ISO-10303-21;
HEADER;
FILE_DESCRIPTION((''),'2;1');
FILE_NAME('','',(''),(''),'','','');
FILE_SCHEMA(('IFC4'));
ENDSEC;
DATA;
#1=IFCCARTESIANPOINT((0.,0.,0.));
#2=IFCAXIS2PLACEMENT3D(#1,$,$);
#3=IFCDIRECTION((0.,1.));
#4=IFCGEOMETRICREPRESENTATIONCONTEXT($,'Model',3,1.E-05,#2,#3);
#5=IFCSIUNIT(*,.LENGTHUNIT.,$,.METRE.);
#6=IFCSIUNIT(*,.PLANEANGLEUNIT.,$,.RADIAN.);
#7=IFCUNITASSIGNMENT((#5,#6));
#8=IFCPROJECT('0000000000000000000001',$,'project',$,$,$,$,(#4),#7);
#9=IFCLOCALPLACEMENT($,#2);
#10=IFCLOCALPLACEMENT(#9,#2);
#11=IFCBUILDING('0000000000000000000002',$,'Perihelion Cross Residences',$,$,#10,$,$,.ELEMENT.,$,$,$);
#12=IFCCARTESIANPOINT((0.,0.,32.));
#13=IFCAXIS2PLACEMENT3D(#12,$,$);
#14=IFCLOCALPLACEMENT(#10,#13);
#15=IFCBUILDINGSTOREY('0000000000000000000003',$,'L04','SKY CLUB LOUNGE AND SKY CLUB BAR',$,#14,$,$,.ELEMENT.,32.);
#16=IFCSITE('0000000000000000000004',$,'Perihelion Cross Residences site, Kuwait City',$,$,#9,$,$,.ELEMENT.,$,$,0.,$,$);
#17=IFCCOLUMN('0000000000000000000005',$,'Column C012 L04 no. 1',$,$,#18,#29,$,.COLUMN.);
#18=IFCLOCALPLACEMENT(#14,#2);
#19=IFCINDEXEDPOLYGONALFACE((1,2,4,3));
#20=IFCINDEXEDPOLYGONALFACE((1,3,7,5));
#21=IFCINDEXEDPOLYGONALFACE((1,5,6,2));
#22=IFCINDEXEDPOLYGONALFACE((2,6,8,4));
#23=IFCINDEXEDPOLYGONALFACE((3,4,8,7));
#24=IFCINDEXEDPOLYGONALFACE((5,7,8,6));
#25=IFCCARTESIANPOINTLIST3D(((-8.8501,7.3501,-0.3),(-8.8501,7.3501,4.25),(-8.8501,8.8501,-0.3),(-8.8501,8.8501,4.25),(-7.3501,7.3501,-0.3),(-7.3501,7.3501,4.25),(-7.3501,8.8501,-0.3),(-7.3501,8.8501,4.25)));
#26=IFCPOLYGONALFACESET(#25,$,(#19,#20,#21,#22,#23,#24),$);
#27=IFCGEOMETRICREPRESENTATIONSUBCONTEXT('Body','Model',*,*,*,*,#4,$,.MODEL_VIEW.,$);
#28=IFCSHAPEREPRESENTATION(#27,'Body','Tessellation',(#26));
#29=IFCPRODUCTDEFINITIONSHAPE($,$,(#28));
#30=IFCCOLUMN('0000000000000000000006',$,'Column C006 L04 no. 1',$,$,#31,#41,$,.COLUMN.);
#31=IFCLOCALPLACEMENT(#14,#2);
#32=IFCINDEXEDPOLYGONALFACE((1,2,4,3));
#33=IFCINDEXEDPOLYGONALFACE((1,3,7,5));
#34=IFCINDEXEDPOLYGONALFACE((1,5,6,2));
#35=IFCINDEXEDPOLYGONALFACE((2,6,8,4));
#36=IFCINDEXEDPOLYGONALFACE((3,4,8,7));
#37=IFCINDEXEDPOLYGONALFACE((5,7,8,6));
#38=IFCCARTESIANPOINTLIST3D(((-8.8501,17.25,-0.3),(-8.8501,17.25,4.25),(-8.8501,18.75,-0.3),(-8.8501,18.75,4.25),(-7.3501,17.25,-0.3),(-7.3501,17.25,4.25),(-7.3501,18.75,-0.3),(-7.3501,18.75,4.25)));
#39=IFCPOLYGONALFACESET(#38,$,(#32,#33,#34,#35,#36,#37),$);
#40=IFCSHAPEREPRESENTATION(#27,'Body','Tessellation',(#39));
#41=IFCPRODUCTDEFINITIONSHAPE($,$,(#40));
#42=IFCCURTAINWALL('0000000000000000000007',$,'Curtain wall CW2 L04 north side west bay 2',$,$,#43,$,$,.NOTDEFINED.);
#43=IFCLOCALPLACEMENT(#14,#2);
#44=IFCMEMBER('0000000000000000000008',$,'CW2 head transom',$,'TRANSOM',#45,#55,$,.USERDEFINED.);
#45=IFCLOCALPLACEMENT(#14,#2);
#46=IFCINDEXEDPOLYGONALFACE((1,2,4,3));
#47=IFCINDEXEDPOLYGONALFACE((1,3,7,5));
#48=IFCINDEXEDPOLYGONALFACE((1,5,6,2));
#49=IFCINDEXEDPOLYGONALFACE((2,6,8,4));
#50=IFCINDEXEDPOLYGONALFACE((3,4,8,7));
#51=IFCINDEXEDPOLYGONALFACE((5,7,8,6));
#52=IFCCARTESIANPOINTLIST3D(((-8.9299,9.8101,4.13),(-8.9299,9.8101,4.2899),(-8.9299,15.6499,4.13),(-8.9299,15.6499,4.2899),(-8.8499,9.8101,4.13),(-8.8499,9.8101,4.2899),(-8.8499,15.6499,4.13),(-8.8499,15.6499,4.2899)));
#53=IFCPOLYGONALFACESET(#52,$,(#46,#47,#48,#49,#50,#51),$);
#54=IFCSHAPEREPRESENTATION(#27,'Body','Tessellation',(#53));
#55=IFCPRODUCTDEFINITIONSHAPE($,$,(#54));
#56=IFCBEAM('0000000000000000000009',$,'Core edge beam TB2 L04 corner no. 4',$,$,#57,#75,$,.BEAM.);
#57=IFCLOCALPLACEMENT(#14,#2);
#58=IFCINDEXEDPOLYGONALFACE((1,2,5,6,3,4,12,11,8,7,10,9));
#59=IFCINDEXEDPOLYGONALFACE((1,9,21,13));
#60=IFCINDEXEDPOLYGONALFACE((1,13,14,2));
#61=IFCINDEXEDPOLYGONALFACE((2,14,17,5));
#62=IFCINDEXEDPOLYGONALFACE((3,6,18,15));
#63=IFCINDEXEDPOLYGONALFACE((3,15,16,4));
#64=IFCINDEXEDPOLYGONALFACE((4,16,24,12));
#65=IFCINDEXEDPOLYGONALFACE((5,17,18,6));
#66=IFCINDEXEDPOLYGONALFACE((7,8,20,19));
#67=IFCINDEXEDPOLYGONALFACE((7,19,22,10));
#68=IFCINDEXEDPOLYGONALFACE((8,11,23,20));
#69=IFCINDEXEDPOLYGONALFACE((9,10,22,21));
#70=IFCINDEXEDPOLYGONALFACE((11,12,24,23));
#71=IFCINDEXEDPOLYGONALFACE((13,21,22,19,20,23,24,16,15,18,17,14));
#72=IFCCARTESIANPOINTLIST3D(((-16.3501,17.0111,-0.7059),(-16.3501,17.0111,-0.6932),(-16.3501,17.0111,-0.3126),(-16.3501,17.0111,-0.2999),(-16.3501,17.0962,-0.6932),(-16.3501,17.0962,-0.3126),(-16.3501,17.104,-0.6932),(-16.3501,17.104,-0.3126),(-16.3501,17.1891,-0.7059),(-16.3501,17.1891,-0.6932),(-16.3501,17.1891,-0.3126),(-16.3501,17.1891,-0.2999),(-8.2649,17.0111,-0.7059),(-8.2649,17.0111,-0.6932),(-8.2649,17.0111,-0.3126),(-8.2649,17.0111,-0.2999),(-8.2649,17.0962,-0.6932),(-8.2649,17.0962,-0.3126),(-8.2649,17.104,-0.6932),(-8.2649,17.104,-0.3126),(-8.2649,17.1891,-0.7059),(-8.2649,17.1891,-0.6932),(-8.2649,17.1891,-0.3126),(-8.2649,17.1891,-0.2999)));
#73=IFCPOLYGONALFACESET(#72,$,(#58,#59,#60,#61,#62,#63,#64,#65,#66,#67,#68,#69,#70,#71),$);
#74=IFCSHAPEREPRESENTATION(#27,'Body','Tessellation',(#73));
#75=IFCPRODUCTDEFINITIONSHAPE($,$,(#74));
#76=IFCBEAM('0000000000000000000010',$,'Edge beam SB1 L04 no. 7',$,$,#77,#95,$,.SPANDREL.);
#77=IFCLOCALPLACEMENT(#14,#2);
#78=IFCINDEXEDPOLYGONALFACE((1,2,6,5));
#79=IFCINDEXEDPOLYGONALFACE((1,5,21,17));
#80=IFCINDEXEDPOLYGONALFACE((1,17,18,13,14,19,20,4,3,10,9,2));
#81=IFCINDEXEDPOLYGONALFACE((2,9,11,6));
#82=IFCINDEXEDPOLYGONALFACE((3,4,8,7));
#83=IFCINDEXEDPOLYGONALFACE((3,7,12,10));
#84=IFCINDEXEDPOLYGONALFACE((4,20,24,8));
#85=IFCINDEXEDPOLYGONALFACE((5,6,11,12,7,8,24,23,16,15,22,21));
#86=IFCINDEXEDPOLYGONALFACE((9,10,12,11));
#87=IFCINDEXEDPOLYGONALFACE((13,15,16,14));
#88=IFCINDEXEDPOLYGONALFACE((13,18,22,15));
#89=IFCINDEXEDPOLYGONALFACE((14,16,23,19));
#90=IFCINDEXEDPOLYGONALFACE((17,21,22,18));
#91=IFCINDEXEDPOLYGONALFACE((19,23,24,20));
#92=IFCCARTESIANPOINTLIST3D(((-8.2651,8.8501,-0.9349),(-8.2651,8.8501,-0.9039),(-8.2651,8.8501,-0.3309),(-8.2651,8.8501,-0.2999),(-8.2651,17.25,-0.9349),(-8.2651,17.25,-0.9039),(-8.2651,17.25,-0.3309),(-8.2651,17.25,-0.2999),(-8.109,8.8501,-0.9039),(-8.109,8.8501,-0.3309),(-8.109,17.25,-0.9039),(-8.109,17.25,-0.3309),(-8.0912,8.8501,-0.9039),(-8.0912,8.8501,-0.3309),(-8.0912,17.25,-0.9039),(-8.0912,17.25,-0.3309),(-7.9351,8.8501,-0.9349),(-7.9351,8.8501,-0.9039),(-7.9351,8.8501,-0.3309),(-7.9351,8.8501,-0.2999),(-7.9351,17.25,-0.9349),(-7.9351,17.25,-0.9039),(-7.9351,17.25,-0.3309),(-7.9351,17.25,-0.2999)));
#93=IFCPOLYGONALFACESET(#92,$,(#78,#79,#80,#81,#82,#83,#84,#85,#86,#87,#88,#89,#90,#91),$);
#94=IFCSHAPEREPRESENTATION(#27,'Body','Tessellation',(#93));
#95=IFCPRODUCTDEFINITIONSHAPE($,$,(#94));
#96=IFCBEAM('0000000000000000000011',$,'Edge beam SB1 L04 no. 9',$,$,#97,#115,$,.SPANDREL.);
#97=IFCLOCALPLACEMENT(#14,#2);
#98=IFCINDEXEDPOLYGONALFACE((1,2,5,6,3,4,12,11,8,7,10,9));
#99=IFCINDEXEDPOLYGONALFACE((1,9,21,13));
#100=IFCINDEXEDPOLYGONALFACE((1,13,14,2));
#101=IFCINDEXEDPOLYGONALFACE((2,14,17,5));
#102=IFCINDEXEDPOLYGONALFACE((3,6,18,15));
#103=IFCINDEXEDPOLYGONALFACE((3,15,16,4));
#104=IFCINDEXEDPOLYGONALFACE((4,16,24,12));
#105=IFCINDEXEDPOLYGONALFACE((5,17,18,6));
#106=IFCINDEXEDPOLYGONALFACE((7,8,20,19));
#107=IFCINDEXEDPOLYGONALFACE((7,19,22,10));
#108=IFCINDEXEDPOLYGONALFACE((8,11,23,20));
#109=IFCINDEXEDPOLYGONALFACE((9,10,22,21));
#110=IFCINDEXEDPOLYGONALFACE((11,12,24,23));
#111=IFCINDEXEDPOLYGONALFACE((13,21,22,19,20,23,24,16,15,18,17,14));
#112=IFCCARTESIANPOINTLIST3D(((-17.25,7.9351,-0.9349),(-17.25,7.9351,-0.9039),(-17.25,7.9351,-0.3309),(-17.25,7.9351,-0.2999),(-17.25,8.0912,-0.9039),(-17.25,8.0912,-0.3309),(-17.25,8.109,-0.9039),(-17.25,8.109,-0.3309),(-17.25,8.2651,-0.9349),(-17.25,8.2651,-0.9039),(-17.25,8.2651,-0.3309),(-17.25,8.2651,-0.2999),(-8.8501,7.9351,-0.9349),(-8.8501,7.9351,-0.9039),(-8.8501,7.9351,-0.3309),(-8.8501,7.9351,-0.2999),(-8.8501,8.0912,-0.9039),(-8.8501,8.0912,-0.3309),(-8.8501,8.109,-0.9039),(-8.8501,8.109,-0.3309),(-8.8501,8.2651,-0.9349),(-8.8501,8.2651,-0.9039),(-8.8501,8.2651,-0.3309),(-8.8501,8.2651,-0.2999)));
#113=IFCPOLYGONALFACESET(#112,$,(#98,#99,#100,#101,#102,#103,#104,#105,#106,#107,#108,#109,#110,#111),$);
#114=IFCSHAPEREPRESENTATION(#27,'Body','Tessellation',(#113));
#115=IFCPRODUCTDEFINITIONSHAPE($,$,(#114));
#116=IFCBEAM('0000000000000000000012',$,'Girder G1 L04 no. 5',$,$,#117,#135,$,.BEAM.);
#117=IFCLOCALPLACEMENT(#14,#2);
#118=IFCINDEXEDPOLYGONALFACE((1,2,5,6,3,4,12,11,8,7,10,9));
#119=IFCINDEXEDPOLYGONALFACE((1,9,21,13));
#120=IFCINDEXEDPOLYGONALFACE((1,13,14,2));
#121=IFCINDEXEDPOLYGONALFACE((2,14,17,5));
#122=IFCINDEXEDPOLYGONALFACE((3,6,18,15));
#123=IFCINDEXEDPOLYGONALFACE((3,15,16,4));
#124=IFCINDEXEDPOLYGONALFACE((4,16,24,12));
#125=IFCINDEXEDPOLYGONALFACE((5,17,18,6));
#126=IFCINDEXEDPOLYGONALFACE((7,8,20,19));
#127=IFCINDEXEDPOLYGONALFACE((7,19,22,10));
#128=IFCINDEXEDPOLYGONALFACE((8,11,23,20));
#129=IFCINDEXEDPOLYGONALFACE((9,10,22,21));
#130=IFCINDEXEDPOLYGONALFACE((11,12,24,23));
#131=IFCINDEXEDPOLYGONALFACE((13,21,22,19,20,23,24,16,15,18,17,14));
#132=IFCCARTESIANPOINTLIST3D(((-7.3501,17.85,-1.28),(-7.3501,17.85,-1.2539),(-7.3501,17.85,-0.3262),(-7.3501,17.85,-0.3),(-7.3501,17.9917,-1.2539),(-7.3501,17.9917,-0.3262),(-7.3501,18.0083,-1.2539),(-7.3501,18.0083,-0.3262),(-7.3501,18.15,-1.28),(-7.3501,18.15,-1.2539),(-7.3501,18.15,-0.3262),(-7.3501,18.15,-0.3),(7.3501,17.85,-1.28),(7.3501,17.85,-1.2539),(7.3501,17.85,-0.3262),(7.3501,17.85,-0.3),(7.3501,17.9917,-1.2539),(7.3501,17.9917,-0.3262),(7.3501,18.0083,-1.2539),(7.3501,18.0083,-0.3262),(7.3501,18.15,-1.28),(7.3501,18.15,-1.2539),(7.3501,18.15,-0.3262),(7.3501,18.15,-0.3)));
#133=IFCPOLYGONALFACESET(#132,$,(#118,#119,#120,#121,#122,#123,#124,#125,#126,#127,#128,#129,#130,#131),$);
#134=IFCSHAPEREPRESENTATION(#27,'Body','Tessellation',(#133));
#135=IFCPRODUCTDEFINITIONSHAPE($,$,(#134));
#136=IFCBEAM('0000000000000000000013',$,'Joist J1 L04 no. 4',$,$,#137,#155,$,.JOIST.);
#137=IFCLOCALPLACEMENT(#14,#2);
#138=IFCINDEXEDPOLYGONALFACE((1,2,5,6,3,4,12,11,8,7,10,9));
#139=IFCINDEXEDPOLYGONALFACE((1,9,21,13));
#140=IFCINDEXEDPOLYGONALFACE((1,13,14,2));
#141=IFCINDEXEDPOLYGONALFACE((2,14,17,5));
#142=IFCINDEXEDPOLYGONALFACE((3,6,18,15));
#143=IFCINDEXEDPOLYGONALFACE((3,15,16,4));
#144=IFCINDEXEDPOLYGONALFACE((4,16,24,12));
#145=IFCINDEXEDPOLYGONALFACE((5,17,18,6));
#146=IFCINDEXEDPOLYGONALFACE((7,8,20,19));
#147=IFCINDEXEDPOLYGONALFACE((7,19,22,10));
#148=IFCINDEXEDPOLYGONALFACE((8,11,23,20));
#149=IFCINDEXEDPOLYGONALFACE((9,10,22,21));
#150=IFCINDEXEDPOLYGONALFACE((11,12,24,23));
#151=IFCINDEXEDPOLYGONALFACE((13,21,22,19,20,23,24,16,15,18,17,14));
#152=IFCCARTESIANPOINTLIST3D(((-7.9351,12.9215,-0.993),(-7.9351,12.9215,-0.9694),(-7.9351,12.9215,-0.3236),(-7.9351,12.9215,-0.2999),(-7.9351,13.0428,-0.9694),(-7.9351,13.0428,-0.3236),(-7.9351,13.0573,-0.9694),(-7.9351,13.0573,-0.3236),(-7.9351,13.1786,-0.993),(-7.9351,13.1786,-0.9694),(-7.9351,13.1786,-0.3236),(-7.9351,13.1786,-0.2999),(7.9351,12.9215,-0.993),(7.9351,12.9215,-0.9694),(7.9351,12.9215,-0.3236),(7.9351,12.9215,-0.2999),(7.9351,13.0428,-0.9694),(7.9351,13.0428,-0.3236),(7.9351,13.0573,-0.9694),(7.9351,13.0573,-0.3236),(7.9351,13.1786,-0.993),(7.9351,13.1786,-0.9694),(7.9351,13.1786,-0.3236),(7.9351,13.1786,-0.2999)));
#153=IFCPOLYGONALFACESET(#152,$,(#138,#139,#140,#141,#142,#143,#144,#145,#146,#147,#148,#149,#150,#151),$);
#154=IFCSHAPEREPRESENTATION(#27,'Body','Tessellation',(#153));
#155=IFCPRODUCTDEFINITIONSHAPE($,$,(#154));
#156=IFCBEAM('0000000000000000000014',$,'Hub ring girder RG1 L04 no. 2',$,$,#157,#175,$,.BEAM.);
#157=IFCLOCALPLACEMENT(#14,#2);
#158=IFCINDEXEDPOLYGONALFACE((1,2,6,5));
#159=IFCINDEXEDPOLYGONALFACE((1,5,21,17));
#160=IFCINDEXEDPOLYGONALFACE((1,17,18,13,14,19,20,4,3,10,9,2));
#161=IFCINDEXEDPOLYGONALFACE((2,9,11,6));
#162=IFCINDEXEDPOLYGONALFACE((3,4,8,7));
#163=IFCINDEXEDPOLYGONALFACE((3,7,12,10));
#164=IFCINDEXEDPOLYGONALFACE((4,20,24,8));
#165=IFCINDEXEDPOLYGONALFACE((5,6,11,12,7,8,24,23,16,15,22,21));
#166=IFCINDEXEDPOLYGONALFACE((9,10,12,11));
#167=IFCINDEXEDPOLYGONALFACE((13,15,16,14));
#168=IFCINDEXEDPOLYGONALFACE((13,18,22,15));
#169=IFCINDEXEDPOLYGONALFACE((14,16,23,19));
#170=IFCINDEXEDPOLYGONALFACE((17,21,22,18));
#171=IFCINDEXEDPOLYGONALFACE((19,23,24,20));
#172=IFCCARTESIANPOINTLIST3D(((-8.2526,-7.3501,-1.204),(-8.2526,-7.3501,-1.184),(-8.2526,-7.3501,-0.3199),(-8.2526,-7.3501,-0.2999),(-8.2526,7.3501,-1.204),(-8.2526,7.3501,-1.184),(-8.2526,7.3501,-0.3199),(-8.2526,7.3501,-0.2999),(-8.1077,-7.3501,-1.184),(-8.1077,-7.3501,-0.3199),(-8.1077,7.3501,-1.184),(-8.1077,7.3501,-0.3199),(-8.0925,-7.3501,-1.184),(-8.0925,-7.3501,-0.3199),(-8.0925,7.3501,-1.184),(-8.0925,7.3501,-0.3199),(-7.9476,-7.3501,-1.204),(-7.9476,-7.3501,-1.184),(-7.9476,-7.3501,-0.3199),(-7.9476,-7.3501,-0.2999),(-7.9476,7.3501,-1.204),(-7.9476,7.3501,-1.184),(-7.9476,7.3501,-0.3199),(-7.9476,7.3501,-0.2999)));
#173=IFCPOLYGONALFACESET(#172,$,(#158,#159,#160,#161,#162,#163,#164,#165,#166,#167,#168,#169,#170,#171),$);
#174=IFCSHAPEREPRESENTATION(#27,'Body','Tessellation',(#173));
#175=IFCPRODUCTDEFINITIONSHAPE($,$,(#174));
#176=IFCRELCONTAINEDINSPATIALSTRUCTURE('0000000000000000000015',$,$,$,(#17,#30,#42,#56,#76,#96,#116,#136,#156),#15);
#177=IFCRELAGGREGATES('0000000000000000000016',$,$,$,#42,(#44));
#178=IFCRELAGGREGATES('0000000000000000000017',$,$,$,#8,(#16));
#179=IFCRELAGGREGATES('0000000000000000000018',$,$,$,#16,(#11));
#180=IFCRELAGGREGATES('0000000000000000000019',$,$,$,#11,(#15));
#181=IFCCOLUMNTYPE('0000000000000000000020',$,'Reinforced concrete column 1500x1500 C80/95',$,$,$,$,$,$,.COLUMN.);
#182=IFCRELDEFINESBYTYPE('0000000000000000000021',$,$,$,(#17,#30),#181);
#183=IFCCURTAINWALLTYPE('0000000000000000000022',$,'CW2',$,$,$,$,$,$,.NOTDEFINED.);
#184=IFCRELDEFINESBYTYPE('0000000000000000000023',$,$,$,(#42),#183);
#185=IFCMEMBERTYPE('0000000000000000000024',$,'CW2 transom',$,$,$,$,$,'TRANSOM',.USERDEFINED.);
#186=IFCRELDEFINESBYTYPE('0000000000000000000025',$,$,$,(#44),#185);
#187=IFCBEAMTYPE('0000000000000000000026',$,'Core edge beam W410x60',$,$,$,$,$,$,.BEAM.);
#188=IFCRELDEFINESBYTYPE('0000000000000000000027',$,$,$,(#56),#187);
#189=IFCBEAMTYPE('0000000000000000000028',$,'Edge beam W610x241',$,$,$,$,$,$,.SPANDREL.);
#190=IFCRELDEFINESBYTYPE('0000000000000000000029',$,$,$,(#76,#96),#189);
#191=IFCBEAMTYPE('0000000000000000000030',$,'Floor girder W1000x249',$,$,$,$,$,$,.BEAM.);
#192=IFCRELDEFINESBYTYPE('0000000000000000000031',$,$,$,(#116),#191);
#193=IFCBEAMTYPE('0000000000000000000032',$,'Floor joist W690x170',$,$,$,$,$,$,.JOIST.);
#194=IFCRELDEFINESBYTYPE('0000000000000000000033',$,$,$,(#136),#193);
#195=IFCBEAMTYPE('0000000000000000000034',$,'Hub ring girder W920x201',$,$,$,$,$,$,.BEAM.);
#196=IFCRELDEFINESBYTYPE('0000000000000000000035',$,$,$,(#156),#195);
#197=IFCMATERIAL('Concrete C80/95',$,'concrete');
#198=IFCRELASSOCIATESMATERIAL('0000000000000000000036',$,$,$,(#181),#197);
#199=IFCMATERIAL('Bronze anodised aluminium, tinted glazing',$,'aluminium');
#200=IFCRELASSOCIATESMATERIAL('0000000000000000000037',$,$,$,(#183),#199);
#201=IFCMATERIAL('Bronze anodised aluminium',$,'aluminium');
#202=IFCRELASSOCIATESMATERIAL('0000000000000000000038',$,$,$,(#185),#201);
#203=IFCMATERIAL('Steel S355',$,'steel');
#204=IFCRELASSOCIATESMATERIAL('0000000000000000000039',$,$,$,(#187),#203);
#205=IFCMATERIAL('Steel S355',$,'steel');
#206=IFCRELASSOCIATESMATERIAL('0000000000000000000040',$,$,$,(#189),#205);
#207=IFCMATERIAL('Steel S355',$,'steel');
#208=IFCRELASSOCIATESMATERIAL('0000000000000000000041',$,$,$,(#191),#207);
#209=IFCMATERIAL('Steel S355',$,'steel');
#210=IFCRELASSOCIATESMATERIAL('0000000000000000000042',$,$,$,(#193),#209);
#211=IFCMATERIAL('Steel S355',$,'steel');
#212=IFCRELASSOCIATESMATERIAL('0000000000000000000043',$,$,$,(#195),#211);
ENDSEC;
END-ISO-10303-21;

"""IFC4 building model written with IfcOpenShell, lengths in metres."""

from ifc_helpers import new_model, si_unit, direction, frame, origin, origin_2d, place, context, subcontext, project, spatial, rectangle, i_section, extrude, material, material_profile, profile_set, type_object, element, aggregate, save


model = new_model("IFC4")

# Units and contexts
model_context = context("Model", 3, precision=1e-05, world=origin(), true_north=direction((0.0, 1.0)))
body_context = subcontext(model_context, "Body", "Model", "MODEL_VIEW")
ifc_project = project(units=[si_unit("LENGTHUNIT", "METRE"), si_unit("PLANEANGLEUNIT", "RADIAN")], contexts=[model_context])

# Site, building, storey
site_placement = place(None, origin())
site = spatial("IfcSite", under=ifc_project, at=site_placement, Name="Perihelion Cross Residences site, Kuwait City", CompositionType="ELEMENT", RefElevation=0.0)
building_placement = place(site_placement, origin())
building = spatial("IfcBuilding", under=site, at=building_placement, Name="Perihelion Cross Residences", CompositionType="ELEMENT")
storey_placement = place(building_placement, frame((0.0, 0.0, 32.0)))
storey = spatial("IfcBuildingStorey", under=building, at=storey_placement, Name="L04", Description="SKY CLUB LOUNGE AND SKY CLUB BAR", CompositionType="ELEMENT", Elevation=32.0)

# Columns
ifc_material_1 = material(Name="Concrete C80/95", Category="concrete")
ifc_material_profile_1 = material_profile(ifc_material_1, rectangle(XDim=1.5, YDim=1.5, at=origin_2d()), Name="RC 1500x1500")
ifc_profile_set_1 = profile_set([ifc_material_profile_1], Name="Concrete C80/95")
column_type = type_object("IfcColumnType", Name="Reinforced concrete column 1500x1500 C80/95", PredefinedType="COLUMN", material=ifc_profile_set_1)
for number, where, z_axis, x_axis, name in (
    (1, (-8.1001, 8.1001, -0.3), (0.0, 0.0, 1.0), (1.0, 0.0, 0.0), "Column C012 L04 no. 1"),
    (2, (-8.1001, 18.0, -0.3), (0.0, 0.0, 1.0), (1.0, 0.0, 0.0), "Column C006 L04 no. 1"),
):
    element("IfcColumn", number, at=place(storey_placement, frame(where, z_axis=z_axis, x_axis=x_axis)), inside=storey, type_object=column_type, Name=name, PredefinedType="COLUMN", context=body_context, shape_type="SweptSolid", body=[
        extrude(rectangle(XDim=1.5, YDim=1.5, at=origin_2d()), origin(), (0.0, 0.0, 1.0), 4.55),
    ])

# Curtain wall, member
ifc_material_2 = material(Name="Bronze anodised aluminium, tinted glazing", Category="aluminium")
curtain_wall_type = type_object("IfcCurtainWallType", Name="CW2", PredefinedType="NOTDEFINED", material=ifc_material_2)
curtain_wall_placement = place(storey_placement, origin())
curtain_wall = element("IfcCurtainWall", 3, at=curtain_wall_placement, inside=storey, type_object=curtain_wall_type, Name="Curtain wall CW2 L04 north side west bay 2", PredefinedType="NOTDEFINED")
ifc_material_3 = material(Name="Bronze anodised aluminium", Category="aluminium")
ifc_material_profile_2 = material_profile(ifc_material_3, rectangle(XDim=0.0801, YDim=0.1599, at=origin_2d()), Name="CW2 transom")
ifc_profile_set_2 = profile_set([ifc_material_profile_2], Name="Bronze anodised aluminium")
member_type = type_object("IfcMemberType", Name="CW2 transom", ElementType="TRANSOM", PredefinedType="USERDEFINED", material=ifc_profile_set_2)
member_placement = place(storey_placement, frame((-8.8899, 15.6499, 4.21), z_axis=(0.0, -1.0, 0.0), x_axis=(1.0, 0.0, 0.0)))
member = element("IfcMember", 4, at=member_placement, type_object=member_type, Name="CW2 head transom", ObjectType="TRANSOM", PredefinedType="USERDEFINED", context=body_context, shape_type="SweptSolid", body=[
    extrude(rectangle(XDim=0.0801, YDim=0.1599, at=origin_2d()), origin(), (0.0, 0.0, 1.0), 5.8398),
])
aggregate(curtain_wall, [member])

# Beams
ifc_material_4 = material(Name="Steel S355", Category="steel")
ifc_material_profile_3 = material_profile(ifc_material_4, i_section(OverallWidth=0.178, OverallDepth=0.406, WebThickness=0.0078, FlangeThickness=0.0127, at=origin_2d()), Name="W410x60")
ifc_profile_set_3 = profile_set([ifc_material_profile_3], Name="Steel S355")
beam_type_1 = type_object("IfcBeamType", Name="Core edge beam W410x60", PredefinedType="BEAM", material=ifc_profile_set_3)
beam_1_placement = place(storey_placement, frame((-8.2649, 17.1001, -0.5029), z_axis=(-1.0, 0.0, 0.0), x_axis=(0.0, -1.0, 0.0)))
element("IfcBeam", 5, at=beam_1_placement, inside=storey, type_object=beam_type_1, Name="Core edge beam TB2 L04 corner no. 4", PredefinedType="BEAM", context=body_context, shape_type="SweptSolid", body=[
    extrude(i_section(OverallWidth=0.178, OverallDepth=0.406, WebThickness=0.0078, FlangeThickness=0.0127, at=origin_2d()), origin(), (0.0, 0.0, 1.0), 8.0852),
])
ifc_material_5 = material(Name="Steel S355", Category="steel")
ifc_material_profile_4 = material_profile(ifc_material_5, i_section(OverallWidth=0.3301, OverallDepth=0.635, WebThickness=0.0178, FlangeThickness=0.031, at=origin_2d()), Name="W610x241")
ifc_profile_set_4 = profile_set([ifc_material_profile_4], Name="Steel S355")
beam_type_2 = type_object("IfcBeamType", Name="Edge beam W610x241", PredefinedType="SPANDREL", material=ifc_profile_set_4)
for number, where, z_axis, x_axis, name in (
    (6, (-8.1001, 17.25, -0.6174), (0.0, -1.0, 0.0), (1.0, 0.0, 0.0), "Edge beam SB1 L04 no. 7"),
    (7, (-8.8501, 8.1001, -0.6174), (-1.0, 0.0, 0.0), (0.0, -1.0, 0.0), "Edge beam SB1 L04 no. 9"),
):
    element("IfcBeam", number, at=place(storey_placement, frame(where, z_axis=z_axis, x_axis=x_axis)), inside=storey, type_object=beam_type_2, Name=name, PredefinedType="SPANDREL", context=body_context, shape_type="SweptSolid", body=[
        extrude(i_section(OverallWidth=0.3301, OverallDepth=0.635, WebThickness=0.0178, FlangeThickness=0.031, at=origin_2d()), origin(), (0.0, 0.0, 1.0), 8.3999),
    ])
ifc_material_6 = material(Name="Steel S355", Category="steel")
ifc_material_profile_5 = material_profile(ifc_material_6, i_section(OverallWidth=0.3, OverallDepth=0.98, WebThickness=0.0166, FlangeThickness=0.0261, at=origin_2d()), Name="W1000x249")
ifc_profile_set_5 = profile_set([ifc_material_profile_5], Name="Steel S355")
beam_type_3 = type_object("IfcBeamType", Name="Floor girder W1000x249", PredefinedType="BEAM", material=ifc_profile_set_5)
beam_2_placement = place(storey_placement, frame((-7.3501, 18.0, -0.79), z_axis=(1.0, 0.0, 0.0), x_axis=(0.0, 1.0, 0.0)))
element("IfcBeam", 8, at=beam_2_placement, inside=storey, type_object=beam_type_3, Name="Girder G1 L04 no. 5", PredefinedType="BEAM", context=body_context, shape_type="SweptSolid", body=[
    extrude(i_section(OverallWidth=0.3, OverallDepth=0.98, WebThickness=0.0166, FlangeThickness=0.0261, at=origin_2d()), origin(), (0.0, 0.0, 1.0), 14.7002),
])
ifc_material_7 = material(Name="Steel S355", Category="steel")
ifc_material_profile_6 = material_profile(ifc_material_7, i_section(OverallWidth=0.2571, OverallDepth=0.6931, WebThickness=0.0144, FlangeThickness=0.0237, at=origin_2d()), Name="W690x170")
ifc_profile_set_6 = profile_set([ifc_material_profile_6], Name="Steel S355")
beam_type_4 = type_object("IfcBeamType", Name="Floor joist W690x170", PredefinedType="JOIST", material=ifc_profile_set_6)
beam_3_placement = place(storey_placement, frame((-7.9351, 13.05, -0.6465), z_axis=(1.0, 0.0, 0.0), x_axis=(0.0, 1.0, 0.0)))
element("IfcBeam", 9, at=beam_3_placement, inside=storey, type_object=beam_type_4, Name="Joist J1 L04 no. 4", PredefinedType="JOIST", context=body_context, shape_type="SweptSolid", body=[
    extrude(i_section(OverallWidth=0.2571, OverallDepth=0.6931, WebThickness=0.0144, FlangeThickness=0.0237, at=origin_2d()), origin(), (0.0, 0.0, 1.0), 15.8701),
])
ifc_material_8 = material(Name="Steel S355", Category="steel")
ifc_material_profile_7 = material_profile(ifc_material_8, i_section(OverallWidth=0.3049, OverallDepth=0.9041, WebThickness=0.0151, FlangeThickness=0.02, at=origin_2d()), Name="W920x201")
ifc_profile_set_7 = profile_set([ifc_material_profile_7], Name="Steel S355")
beam_type_5 = type_object("IfcBeamType", Name="Hub ring girder W920x201", PredefinedType="BEAM", material=ifc_profile_set_7)
beam_4_placement = place(storey_placement, frame((-8.1001, 7.3501, -0.752), z_axis=(0.0, -1.0, 0.0), x_axis=(1.0, 0.0, 0.0)))
element("IfcBeam", 10, at=beam_4_placement, inside=storey, type_object=beam_type_5, Name="Hub ring girder RG1 L04 no. 2", PredefinedType="BEAM", context=body_context, shape_type="SweptSolid", body=[
    extrude(i_section(OverallWidth=0.3049, OverallDepth=0.9041, WebThickness=0.0151, FlangeThickness=0.02, at=origin_2d()), origin(), (0.0, 0.0, 1.0), 14.7002),
])

save(model, "model.ifc")
